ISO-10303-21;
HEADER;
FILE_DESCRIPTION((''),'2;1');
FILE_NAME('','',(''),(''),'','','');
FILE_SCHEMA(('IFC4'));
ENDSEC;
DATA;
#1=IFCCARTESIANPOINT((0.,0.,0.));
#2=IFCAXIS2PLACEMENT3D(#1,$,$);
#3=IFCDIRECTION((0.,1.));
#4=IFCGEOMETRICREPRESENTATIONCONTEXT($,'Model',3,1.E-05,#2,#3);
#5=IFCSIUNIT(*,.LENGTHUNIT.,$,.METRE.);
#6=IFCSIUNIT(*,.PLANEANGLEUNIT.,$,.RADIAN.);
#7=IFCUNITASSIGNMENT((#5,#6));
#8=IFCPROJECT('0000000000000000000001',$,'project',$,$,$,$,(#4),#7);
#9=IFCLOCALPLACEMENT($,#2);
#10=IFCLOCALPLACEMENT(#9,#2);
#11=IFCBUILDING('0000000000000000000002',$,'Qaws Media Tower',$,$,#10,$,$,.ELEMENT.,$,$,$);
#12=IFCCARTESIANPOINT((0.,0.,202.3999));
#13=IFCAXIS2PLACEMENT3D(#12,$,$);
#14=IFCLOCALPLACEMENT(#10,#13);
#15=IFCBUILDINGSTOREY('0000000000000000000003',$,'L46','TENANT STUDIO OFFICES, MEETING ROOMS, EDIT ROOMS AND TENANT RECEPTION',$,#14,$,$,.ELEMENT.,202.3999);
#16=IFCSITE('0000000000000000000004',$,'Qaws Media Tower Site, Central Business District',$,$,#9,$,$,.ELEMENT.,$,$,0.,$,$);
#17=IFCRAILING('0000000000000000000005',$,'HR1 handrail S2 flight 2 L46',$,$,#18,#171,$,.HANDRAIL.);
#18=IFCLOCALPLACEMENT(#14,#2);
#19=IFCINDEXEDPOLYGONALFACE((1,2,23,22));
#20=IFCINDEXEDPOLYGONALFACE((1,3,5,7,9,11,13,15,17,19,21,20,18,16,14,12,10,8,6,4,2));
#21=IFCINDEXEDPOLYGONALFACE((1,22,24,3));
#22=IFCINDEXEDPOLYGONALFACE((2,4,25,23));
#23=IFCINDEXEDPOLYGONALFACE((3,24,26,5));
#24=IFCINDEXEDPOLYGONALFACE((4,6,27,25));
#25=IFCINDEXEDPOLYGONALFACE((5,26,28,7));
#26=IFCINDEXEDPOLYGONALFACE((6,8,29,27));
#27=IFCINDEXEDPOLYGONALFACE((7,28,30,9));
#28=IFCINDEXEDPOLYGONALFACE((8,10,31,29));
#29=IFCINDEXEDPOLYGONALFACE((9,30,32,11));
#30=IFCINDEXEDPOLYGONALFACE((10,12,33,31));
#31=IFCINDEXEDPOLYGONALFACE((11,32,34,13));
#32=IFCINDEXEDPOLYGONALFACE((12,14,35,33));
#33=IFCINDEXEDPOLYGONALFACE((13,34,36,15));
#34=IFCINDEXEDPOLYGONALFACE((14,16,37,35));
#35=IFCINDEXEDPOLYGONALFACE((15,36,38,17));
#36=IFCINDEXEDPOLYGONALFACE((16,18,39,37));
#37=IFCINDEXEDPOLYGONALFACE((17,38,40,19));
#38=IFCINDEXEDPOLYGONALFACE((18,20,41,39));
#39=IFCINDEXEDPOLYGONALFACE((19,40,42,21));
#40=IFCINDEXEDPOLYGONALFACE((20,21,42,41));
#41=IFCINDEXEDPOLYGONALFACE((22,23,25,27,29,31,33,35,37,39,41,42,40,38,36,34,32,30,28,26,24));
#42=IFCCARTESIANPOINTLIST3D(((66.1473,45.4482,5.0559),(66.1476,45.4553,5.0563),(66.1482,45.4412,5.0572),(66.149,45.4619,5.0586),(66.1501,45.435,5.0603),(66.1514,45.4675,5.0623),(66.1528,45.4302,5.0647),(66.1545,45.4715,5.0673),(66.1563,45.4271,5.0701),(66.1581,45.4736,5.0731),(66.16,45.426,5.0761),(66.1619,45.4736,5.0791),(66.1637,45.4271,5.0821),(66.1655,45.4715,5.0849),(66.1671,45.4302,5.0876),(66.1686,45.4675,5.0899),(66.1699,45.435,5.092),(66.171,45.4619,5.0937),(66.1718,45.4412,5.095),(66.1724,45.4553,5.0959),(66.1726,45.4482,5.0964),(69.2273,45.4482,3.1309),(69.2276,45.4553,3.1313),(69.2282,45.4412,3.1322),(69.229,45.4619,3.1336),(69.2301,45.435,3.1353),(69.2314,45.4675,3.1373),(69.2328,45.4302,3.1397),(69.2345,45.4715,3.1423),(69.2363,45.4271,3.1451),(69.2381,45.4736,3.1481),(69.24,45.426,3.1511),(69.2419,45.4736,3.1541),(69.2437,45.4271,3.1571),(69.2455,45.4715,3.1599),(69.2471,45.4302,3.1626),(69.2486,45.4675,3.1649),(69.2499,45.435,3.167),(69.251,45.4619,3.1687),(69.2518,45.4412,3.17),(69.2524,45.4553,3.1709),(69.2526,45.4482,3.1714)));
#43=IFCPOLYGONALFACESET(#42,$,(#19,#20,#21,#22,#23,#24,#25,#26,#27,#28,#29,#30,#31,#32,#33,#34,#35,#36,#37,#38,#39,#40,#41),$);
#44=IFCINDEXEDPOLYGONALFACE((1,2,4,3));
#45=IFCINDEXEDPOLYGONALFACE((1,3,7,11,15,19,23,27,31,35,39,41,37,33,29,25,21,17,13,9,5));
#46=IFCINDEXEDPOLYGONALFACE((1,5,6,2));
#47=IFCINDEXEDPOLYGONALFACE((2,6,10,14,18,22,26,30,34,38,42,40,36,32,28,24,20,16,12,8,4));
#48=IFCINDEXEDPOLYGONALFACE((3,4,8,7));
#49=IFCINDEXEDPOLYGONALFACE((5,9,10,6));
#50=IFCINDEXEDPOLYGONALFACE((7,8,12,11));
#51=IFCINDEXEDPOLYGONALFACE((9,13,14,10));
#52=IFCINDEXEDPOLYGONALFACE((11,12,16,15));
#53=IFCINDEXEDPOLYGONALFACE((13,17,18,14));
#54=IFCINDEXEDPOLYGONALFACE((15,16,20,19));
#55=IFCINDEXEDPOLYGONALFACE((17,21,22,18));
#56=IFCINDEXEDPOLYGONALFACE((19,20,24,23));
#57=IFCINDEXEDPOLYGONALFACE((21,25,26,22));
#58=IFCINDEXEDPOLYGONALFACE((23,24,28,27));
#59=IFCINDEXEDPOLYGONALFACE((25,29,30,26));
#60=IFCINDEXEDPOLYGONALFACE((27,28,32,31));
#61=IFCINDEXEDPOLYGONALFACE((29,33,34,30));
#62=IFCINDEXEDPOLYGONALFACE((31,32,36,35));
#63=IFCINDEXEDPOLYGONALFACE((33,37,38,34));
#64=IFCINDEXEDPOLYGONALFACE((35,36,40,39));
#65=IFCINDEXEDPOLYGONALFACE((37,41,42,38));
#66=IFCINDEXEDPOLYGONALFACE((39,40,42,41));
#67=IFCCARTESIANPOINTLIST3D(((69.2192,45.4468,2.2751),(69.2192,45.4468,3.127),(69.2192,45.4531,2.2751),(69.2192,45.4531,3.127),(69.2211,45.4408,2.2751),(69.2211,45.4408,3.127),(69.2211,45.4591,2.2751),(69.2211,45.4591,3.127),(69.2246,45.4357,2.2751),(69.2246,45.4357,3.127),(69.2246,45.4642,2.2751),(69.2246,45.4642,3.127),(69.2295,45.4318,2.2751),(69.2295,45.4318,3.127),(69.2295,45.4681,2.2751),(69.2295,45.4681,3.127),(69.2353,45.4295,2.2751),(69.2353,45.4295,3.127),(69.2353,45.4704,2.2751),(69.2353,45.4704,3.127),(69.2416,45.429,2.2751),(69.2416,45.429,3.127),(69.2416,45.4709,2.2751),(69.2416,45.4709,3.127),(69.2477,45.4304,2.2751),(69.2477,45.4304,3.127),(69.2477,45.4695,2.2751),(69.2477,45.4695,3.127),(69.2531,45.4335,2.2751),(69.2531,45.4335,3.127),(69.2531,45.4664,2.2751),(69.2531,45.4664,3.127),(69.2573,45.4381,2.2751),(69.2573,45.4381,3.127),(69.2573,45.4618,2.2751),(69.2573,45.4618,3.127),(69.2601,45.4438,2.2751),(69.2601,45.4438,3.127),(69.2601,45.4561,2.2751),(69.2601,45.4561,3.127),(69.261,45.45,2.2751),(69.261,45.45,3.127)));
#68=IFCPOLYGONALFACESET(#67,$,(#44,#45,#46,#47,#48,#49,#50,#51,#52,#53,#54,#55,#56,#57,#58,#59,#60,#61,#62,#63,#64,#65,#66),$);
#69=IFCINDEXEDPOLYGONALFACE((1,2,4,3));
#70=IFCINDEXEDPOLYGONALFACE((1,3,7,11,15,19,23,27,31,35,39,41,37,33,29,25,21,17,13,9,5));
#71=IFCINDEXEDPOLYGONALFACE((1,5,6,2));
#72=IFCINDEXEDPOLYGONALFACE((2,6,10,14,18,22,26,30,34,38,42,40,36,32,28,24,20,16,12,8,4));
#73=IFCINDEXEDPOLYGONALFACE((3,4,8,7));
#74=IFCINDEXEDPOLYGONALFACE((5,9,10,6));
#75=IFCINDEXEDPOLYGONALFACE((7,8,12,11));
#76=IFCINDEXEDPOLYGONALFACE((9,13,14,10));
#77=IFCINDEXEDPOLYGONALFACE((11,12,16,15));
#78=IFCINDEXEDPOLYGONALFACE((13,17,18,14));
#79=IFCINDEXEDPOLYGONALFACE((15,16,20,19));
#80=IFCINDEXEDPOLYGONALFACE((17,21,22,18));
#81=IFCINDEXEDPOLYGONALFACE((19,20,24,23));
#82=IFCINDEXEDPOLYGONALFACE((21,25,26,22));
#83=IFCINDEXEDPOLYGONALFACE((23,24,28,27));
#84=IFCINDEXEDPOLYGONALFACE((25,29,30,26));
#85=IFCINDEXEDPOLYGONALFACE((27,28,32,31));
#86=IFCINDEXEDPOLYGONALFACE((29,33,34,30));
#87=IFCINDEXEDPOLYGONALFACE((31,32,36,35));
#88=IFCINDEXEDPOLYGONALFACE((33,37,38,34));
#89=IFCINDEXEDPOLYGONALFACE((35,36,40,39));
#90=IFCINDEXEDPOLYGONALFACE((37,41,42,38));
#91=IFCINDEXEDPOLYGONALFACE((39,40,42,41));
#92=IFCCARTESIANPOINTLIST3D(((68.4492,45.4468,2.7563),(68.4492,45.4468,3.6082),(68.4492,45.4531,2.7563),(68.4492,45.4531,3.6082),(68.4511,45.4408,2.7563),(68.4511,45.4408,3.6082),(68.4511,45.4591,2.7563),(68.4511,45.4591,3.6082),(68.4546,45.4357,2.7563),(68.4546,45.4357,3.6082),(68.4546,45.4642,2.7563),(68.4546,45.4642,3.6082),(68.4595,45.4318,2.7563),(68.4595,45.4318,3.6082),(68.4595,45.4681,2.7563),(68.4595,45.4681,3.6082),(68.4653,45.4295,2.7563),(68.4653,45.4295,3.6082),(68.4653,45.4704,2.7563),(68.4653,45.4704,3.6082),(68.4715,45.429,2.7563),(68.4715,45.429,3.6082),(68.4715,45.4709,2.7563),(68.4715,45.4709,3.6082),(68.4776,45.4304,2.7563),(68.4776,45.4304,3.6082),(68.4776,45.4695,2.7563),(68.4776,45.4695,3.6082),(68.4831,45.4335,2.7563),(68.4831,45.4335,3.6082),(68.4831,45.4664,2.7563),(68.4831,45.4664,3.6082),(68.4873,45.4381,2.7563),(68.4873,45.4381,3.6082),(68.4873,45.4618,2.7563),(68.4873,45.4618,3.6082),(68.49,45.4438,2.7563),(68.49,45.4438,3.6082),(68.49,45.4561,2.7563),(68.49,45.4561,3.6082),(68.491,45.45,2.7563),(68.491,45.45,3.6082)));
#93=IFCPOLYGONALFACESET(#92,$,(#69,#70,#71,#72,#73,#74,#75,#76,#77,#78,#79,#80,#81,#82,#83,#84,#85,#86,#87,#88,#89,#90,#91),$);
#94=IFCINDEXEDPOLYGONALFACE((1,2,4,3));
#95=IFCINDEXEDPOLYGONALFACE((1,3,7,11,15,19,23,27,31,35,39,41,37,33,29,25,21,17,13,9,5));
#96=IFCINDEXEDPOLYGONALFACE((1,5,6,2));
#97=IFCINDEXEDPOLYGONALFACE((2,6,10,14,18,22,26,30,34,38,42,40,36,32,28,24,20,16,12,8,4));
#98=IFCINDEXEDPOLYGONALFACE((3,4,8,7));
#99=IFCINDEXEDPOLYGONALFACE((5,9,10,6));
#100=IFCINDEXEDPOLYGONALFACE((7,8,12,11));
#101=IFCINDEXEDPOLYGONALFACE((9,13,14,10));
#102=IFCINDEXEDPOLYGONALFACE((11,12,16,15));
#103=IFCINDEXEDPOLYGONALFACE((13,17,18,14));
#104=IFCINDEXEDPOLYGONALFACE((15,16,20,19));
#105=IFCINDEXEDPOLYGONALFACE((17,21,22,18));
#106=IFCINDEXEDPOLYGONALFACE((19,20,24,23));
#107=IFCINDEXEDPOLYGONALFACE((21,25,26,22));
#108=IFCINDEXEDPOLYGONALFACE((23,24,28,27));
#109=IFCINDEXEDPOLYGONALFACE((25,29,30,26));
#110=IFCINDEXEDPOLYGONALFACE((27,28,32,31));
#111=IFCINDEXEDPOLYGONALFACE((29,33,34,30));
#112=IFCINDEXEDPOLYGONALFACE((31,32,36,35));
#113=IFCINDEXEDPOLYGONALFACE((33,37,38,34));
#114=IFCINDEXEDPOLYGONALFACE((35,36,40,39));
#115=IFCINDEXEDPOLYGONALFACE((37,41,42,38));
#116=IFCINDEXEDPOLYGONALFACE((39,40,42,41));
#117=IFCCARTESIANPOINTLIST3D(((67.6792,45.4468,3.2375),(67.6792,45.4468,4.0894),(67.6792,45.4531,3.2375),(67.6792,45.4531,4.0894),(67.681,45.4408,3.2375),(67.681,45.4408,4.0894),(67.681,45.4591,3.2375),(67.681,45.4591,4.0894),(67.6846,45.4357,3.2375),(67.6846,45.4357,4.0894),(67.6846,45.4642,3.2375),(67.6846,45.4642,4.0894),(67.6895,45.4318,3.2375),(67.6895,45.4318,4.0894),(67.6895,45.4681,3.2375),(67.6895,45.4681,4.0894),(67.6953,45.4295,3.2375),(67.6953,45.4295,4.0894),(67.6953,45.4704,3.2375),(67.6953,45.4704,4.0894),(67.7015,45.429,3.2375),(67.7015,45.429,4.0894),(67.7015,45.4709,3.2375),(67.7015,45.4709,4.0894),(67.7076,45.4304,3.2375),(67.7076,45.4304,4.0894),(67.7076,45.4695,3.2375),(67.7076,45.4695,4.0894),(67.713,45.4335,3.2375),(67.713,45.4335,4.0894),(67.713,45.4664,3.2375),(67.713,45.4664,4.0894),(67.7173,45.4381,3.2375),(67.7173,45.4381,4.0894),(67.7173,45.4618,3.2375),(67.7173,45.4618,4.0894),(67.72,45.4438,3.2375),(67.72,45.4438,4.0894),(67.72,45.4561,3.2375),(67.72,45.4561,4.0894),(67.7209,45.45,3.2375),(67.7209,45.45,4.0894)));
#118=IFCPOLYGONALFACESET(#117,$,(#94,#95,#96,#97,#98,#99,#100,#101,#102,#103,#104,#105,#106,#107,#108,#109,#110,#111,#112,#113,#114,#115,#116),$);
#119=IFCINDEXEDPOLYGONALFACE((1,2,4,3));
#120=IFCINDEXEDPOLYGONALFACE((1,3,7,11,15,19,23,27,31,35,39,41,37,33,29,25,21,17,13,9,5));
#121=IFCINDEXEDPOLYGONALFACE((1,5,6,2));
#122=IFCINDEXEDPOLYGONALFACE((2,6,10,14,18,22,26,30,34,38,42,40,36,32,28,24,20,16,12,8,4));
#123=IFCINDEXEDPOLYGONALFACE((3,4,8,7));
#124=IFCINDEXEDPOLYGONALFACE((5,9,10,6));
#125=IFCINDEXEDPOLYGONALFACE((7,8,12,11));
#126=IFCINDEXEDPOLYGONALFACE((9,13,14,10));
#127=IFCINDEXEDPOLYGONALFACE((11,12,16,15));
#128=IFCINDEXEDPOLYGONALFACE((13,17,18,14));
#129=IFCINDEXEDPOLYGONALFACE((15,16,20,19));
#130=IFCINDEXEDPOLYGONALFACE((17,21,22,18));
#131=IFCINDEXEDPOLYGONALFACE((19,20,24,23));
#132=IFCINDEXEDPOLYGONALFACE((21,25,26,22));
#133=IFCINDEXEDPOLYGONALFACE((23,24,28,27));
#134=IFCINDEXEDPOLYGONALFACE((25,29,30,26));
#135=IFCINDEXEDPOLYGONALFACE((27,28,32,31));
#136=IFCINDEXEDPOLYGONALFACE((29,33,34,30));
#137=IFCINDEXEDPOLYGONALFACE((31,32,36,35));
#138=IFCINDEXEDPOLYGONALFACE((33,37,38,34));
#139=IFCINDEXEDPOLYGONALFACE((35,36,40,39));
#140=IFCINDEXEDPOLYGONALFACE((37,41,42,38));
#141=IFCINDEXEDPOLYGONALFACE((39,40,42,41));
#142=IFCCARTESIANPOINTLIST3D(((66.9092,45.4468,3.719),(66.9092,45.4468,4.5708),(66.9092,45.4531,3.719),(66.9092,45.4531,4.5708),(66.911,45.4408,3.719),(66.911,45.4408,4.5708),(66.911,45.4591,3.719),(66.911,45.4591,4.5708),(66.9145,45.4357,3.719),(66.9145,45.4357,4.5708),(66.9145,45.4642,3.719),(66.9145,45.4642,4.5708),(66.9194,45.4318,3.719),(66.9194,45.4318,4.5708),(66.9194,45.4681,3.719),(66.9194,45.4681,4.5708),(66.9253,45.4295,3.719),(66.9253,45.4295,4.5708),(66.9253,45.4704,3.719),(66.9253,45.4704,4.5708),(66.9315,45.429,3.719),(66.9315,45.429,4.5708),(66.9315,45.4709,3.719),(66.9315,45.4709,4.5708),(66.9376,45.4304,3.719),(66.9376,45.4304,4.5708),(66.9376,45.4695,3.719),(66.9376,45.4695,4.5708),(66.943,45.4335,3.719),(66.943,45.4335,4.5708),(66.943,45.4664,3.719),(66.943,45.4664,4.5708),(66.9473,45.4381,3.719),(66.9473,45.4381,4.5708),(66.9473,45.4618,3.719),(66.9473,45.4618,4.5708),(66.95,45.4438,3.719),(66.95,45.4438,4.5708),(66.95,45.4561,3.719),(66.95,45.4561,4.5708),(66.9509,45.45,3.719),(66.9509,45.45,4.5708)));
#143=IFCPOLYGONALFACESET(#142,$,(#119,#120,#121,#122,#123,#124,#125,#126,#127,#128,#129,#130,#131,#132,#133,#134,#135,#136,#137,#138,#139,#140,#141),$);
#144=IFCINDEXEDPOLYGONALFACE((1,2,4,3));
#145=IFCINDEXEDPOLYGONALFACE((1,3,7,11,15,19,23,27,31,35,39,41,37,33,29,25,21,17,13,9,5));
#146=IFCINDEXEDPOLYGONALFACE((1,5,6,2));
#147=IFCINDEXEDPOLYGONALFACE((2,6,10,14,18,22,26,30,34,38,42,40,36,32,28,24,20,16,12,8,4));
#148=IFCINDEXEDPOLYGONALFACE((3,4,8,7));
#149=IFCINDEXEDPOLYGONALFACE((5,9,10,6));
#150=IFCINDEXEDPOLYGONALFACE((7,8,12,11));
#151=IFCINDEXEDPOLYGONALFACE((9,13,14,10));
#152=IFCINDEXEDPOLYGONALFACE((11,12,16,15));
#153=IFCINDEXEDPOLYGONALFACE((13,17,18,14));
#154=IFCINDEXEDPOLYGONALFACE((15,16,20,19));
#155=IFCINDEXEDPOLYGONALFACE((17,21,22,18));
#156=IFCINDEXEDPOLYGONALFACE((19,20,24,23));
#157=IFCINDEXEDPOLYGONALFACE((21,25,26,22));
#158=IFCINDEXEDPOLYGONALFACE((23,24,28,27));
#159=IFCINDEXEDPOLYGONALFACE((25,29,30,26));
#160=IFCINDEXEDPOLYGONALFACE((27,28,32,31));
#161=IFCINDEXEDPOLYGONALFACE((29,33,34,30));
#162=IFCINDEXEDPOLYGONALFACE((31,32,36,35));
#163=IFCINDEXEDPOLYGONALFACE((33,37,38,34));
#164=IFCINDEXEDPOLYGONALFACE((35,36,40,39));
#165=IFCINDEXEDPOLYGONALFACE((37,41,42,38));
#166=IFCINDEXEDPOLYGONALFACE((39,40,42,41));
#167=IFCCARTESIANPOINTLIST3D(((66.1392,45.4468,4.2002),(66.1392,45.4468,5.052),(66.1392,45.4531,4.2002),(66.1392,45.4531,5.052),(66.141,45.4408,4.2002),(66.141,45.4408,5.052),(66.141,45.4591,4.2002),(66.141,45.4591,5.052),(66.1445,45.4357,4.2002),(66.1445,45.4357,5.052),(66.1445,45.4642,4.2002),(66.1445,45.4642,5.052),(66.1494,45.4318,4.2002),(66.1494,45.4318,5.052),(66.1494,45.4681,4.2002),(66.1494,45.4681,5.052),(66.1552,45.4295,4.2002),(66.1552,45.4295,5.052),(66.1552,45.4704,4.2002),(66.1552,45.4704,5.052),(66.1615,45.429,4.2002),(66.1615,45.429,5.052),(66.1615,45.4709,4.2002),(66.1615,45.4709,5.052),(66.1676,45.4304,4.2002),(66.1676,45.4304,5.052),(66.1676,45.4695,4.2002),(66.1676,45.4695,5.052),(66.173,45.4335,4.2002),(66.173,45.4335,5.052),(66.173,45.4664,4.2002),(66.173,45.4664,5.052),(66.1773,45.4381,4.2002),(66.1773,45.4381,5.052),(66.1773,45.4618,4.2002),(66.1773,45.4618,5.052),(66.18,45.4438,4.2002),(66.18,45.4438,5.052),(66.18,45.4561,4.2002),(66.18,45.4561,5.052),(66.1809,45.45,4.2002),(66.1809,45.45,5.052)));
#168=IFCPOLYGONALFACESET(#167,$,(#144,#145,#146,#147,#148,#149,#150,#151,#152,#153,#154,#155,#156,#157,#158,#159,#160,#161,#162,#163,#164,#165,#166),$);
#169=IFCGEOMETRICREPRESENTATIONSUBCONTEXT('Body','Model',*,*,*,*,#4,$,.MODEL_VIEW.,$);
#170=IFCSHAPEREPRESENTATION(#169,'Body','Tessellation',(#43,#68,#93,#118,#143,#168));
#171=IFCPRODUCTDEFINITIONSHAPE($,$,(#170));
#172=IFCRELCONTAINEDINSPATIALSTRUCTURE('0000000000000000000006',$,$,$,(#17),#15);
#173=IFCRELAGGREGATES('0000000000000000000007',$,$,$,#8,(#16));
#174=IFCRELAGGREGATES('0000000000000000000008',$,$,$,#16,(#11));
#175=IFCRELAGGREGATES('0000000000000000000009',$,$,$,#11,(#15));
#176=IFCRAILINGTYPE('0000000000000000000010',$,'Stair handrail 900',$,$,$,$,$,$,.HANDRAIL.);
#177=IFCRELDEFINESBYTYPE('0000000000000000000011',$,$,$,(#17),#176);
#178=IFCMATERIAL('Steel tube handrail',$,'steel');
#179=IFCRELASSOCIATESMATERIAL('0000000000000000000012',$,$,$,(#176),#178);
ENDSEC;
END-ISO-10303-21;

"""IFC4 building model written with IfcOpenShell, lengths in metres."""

from ifc_helpers import new_model, si_unit, direction, frame, origin, origin_2d, place, context, subcontext, project, spatial, circle, extrude, material, type_object, element, save


model = new_model("IFC4")

# Units and contexts
model_context = context("Model", 3, precision=1e-05, world=origin(), true_north=direction((0.0, 1.0)))
body_context = subcontext(model_context, "Body", "Model", "MODEL_VIEW")
ifc_project = project(units=[si_unit("LENGTHUNIT", "METRE"), si_unit("PLANEANGLEUNIT", "RADIAN")], contexts=[model_context])

# Site, building, storey
site_placement = place(None, origin())
site = spatial("IfcSite", under=ifc_project, at=site_placement, Name="Qaws Media Tower Site, Central Business District", CompositionType="ELEMENT", RefElevation=0.0)
building_placement = place(site_placement, origin())
building = spatial("IfcBuilding", under=site, at=building_placement, Name="Qaws Media Tower", CompositionType="ELEMENT")
storey_placement = place(building_placement, frame((0.0, 0.0, 202.3999)))
storey = spatial("IfcBuildingStorey", under=building, at=storey_placement, Name="L46", Description="TENANT STUDIO OFFICES, MEETING ROOMS, EDIT ROOMS AND TENANT RECEPTION", CompositionType="ELEMENT", Elevation=202.3999)

# Railing
ifc_material_1 = material(Name="Steel tube handrail", Category="steel")
railing_type = type_object("IfcRailingType", Name="Stair handrail 900", PredefinedType="HANDRAIL", material=ifc_material_1)
for number, where, name in (
    (1, (69.24, 45.45, 2.2751), "HR1 handrail S2 flight 2 L46"),
):
    element("IfcRailing", number, at=place(storey_placement, frame(where)), inside=storey, type_object=railing_type, Name=name, PredefinedType="HANDRAIL", context=body_context, shape_type="SweptSolid", body=[
        extrude(circle(Radius=0.0239, at=origin_2d()), frame((0.0, 0.0, 0.876), z_axis=(-0.847998, 0.0, 0.529999), x_axis=(0.0, -1.0, 0.0)), (0.0, 0.0, 1.0), 3.6321),
        extrude(circle(Radius=0.021, at=origin_2d()), origin(), (0.0, 0.0, 1.0), 0.8518),
        extrude(circle(Radius=0.021, at=origin_2d()), frame((-0.77, 0.0, 0.4812)), (0.0, 0.0, 1.0), 0.8518),
        extrude(circle(Radius=0.021, at=origin_2d()), frame((-1.54, 0.0, 0.9624)), (0.0, 0.0, 1.0), 0.8518),
        extrude(circle(Radius=0.021, at=origin_2d()), frame((-2.3101, 0.0, 1.4438)), (0.0, 0.0, 1.0), 0.8518),
        extrude(circle(Radius=0.021, at=origin_2d()), frame((-3.0801, 0.0, 1.925)), (0.0, 0.0, 1.0), 0.8518),
    ])

save(model, "model.ifc")
